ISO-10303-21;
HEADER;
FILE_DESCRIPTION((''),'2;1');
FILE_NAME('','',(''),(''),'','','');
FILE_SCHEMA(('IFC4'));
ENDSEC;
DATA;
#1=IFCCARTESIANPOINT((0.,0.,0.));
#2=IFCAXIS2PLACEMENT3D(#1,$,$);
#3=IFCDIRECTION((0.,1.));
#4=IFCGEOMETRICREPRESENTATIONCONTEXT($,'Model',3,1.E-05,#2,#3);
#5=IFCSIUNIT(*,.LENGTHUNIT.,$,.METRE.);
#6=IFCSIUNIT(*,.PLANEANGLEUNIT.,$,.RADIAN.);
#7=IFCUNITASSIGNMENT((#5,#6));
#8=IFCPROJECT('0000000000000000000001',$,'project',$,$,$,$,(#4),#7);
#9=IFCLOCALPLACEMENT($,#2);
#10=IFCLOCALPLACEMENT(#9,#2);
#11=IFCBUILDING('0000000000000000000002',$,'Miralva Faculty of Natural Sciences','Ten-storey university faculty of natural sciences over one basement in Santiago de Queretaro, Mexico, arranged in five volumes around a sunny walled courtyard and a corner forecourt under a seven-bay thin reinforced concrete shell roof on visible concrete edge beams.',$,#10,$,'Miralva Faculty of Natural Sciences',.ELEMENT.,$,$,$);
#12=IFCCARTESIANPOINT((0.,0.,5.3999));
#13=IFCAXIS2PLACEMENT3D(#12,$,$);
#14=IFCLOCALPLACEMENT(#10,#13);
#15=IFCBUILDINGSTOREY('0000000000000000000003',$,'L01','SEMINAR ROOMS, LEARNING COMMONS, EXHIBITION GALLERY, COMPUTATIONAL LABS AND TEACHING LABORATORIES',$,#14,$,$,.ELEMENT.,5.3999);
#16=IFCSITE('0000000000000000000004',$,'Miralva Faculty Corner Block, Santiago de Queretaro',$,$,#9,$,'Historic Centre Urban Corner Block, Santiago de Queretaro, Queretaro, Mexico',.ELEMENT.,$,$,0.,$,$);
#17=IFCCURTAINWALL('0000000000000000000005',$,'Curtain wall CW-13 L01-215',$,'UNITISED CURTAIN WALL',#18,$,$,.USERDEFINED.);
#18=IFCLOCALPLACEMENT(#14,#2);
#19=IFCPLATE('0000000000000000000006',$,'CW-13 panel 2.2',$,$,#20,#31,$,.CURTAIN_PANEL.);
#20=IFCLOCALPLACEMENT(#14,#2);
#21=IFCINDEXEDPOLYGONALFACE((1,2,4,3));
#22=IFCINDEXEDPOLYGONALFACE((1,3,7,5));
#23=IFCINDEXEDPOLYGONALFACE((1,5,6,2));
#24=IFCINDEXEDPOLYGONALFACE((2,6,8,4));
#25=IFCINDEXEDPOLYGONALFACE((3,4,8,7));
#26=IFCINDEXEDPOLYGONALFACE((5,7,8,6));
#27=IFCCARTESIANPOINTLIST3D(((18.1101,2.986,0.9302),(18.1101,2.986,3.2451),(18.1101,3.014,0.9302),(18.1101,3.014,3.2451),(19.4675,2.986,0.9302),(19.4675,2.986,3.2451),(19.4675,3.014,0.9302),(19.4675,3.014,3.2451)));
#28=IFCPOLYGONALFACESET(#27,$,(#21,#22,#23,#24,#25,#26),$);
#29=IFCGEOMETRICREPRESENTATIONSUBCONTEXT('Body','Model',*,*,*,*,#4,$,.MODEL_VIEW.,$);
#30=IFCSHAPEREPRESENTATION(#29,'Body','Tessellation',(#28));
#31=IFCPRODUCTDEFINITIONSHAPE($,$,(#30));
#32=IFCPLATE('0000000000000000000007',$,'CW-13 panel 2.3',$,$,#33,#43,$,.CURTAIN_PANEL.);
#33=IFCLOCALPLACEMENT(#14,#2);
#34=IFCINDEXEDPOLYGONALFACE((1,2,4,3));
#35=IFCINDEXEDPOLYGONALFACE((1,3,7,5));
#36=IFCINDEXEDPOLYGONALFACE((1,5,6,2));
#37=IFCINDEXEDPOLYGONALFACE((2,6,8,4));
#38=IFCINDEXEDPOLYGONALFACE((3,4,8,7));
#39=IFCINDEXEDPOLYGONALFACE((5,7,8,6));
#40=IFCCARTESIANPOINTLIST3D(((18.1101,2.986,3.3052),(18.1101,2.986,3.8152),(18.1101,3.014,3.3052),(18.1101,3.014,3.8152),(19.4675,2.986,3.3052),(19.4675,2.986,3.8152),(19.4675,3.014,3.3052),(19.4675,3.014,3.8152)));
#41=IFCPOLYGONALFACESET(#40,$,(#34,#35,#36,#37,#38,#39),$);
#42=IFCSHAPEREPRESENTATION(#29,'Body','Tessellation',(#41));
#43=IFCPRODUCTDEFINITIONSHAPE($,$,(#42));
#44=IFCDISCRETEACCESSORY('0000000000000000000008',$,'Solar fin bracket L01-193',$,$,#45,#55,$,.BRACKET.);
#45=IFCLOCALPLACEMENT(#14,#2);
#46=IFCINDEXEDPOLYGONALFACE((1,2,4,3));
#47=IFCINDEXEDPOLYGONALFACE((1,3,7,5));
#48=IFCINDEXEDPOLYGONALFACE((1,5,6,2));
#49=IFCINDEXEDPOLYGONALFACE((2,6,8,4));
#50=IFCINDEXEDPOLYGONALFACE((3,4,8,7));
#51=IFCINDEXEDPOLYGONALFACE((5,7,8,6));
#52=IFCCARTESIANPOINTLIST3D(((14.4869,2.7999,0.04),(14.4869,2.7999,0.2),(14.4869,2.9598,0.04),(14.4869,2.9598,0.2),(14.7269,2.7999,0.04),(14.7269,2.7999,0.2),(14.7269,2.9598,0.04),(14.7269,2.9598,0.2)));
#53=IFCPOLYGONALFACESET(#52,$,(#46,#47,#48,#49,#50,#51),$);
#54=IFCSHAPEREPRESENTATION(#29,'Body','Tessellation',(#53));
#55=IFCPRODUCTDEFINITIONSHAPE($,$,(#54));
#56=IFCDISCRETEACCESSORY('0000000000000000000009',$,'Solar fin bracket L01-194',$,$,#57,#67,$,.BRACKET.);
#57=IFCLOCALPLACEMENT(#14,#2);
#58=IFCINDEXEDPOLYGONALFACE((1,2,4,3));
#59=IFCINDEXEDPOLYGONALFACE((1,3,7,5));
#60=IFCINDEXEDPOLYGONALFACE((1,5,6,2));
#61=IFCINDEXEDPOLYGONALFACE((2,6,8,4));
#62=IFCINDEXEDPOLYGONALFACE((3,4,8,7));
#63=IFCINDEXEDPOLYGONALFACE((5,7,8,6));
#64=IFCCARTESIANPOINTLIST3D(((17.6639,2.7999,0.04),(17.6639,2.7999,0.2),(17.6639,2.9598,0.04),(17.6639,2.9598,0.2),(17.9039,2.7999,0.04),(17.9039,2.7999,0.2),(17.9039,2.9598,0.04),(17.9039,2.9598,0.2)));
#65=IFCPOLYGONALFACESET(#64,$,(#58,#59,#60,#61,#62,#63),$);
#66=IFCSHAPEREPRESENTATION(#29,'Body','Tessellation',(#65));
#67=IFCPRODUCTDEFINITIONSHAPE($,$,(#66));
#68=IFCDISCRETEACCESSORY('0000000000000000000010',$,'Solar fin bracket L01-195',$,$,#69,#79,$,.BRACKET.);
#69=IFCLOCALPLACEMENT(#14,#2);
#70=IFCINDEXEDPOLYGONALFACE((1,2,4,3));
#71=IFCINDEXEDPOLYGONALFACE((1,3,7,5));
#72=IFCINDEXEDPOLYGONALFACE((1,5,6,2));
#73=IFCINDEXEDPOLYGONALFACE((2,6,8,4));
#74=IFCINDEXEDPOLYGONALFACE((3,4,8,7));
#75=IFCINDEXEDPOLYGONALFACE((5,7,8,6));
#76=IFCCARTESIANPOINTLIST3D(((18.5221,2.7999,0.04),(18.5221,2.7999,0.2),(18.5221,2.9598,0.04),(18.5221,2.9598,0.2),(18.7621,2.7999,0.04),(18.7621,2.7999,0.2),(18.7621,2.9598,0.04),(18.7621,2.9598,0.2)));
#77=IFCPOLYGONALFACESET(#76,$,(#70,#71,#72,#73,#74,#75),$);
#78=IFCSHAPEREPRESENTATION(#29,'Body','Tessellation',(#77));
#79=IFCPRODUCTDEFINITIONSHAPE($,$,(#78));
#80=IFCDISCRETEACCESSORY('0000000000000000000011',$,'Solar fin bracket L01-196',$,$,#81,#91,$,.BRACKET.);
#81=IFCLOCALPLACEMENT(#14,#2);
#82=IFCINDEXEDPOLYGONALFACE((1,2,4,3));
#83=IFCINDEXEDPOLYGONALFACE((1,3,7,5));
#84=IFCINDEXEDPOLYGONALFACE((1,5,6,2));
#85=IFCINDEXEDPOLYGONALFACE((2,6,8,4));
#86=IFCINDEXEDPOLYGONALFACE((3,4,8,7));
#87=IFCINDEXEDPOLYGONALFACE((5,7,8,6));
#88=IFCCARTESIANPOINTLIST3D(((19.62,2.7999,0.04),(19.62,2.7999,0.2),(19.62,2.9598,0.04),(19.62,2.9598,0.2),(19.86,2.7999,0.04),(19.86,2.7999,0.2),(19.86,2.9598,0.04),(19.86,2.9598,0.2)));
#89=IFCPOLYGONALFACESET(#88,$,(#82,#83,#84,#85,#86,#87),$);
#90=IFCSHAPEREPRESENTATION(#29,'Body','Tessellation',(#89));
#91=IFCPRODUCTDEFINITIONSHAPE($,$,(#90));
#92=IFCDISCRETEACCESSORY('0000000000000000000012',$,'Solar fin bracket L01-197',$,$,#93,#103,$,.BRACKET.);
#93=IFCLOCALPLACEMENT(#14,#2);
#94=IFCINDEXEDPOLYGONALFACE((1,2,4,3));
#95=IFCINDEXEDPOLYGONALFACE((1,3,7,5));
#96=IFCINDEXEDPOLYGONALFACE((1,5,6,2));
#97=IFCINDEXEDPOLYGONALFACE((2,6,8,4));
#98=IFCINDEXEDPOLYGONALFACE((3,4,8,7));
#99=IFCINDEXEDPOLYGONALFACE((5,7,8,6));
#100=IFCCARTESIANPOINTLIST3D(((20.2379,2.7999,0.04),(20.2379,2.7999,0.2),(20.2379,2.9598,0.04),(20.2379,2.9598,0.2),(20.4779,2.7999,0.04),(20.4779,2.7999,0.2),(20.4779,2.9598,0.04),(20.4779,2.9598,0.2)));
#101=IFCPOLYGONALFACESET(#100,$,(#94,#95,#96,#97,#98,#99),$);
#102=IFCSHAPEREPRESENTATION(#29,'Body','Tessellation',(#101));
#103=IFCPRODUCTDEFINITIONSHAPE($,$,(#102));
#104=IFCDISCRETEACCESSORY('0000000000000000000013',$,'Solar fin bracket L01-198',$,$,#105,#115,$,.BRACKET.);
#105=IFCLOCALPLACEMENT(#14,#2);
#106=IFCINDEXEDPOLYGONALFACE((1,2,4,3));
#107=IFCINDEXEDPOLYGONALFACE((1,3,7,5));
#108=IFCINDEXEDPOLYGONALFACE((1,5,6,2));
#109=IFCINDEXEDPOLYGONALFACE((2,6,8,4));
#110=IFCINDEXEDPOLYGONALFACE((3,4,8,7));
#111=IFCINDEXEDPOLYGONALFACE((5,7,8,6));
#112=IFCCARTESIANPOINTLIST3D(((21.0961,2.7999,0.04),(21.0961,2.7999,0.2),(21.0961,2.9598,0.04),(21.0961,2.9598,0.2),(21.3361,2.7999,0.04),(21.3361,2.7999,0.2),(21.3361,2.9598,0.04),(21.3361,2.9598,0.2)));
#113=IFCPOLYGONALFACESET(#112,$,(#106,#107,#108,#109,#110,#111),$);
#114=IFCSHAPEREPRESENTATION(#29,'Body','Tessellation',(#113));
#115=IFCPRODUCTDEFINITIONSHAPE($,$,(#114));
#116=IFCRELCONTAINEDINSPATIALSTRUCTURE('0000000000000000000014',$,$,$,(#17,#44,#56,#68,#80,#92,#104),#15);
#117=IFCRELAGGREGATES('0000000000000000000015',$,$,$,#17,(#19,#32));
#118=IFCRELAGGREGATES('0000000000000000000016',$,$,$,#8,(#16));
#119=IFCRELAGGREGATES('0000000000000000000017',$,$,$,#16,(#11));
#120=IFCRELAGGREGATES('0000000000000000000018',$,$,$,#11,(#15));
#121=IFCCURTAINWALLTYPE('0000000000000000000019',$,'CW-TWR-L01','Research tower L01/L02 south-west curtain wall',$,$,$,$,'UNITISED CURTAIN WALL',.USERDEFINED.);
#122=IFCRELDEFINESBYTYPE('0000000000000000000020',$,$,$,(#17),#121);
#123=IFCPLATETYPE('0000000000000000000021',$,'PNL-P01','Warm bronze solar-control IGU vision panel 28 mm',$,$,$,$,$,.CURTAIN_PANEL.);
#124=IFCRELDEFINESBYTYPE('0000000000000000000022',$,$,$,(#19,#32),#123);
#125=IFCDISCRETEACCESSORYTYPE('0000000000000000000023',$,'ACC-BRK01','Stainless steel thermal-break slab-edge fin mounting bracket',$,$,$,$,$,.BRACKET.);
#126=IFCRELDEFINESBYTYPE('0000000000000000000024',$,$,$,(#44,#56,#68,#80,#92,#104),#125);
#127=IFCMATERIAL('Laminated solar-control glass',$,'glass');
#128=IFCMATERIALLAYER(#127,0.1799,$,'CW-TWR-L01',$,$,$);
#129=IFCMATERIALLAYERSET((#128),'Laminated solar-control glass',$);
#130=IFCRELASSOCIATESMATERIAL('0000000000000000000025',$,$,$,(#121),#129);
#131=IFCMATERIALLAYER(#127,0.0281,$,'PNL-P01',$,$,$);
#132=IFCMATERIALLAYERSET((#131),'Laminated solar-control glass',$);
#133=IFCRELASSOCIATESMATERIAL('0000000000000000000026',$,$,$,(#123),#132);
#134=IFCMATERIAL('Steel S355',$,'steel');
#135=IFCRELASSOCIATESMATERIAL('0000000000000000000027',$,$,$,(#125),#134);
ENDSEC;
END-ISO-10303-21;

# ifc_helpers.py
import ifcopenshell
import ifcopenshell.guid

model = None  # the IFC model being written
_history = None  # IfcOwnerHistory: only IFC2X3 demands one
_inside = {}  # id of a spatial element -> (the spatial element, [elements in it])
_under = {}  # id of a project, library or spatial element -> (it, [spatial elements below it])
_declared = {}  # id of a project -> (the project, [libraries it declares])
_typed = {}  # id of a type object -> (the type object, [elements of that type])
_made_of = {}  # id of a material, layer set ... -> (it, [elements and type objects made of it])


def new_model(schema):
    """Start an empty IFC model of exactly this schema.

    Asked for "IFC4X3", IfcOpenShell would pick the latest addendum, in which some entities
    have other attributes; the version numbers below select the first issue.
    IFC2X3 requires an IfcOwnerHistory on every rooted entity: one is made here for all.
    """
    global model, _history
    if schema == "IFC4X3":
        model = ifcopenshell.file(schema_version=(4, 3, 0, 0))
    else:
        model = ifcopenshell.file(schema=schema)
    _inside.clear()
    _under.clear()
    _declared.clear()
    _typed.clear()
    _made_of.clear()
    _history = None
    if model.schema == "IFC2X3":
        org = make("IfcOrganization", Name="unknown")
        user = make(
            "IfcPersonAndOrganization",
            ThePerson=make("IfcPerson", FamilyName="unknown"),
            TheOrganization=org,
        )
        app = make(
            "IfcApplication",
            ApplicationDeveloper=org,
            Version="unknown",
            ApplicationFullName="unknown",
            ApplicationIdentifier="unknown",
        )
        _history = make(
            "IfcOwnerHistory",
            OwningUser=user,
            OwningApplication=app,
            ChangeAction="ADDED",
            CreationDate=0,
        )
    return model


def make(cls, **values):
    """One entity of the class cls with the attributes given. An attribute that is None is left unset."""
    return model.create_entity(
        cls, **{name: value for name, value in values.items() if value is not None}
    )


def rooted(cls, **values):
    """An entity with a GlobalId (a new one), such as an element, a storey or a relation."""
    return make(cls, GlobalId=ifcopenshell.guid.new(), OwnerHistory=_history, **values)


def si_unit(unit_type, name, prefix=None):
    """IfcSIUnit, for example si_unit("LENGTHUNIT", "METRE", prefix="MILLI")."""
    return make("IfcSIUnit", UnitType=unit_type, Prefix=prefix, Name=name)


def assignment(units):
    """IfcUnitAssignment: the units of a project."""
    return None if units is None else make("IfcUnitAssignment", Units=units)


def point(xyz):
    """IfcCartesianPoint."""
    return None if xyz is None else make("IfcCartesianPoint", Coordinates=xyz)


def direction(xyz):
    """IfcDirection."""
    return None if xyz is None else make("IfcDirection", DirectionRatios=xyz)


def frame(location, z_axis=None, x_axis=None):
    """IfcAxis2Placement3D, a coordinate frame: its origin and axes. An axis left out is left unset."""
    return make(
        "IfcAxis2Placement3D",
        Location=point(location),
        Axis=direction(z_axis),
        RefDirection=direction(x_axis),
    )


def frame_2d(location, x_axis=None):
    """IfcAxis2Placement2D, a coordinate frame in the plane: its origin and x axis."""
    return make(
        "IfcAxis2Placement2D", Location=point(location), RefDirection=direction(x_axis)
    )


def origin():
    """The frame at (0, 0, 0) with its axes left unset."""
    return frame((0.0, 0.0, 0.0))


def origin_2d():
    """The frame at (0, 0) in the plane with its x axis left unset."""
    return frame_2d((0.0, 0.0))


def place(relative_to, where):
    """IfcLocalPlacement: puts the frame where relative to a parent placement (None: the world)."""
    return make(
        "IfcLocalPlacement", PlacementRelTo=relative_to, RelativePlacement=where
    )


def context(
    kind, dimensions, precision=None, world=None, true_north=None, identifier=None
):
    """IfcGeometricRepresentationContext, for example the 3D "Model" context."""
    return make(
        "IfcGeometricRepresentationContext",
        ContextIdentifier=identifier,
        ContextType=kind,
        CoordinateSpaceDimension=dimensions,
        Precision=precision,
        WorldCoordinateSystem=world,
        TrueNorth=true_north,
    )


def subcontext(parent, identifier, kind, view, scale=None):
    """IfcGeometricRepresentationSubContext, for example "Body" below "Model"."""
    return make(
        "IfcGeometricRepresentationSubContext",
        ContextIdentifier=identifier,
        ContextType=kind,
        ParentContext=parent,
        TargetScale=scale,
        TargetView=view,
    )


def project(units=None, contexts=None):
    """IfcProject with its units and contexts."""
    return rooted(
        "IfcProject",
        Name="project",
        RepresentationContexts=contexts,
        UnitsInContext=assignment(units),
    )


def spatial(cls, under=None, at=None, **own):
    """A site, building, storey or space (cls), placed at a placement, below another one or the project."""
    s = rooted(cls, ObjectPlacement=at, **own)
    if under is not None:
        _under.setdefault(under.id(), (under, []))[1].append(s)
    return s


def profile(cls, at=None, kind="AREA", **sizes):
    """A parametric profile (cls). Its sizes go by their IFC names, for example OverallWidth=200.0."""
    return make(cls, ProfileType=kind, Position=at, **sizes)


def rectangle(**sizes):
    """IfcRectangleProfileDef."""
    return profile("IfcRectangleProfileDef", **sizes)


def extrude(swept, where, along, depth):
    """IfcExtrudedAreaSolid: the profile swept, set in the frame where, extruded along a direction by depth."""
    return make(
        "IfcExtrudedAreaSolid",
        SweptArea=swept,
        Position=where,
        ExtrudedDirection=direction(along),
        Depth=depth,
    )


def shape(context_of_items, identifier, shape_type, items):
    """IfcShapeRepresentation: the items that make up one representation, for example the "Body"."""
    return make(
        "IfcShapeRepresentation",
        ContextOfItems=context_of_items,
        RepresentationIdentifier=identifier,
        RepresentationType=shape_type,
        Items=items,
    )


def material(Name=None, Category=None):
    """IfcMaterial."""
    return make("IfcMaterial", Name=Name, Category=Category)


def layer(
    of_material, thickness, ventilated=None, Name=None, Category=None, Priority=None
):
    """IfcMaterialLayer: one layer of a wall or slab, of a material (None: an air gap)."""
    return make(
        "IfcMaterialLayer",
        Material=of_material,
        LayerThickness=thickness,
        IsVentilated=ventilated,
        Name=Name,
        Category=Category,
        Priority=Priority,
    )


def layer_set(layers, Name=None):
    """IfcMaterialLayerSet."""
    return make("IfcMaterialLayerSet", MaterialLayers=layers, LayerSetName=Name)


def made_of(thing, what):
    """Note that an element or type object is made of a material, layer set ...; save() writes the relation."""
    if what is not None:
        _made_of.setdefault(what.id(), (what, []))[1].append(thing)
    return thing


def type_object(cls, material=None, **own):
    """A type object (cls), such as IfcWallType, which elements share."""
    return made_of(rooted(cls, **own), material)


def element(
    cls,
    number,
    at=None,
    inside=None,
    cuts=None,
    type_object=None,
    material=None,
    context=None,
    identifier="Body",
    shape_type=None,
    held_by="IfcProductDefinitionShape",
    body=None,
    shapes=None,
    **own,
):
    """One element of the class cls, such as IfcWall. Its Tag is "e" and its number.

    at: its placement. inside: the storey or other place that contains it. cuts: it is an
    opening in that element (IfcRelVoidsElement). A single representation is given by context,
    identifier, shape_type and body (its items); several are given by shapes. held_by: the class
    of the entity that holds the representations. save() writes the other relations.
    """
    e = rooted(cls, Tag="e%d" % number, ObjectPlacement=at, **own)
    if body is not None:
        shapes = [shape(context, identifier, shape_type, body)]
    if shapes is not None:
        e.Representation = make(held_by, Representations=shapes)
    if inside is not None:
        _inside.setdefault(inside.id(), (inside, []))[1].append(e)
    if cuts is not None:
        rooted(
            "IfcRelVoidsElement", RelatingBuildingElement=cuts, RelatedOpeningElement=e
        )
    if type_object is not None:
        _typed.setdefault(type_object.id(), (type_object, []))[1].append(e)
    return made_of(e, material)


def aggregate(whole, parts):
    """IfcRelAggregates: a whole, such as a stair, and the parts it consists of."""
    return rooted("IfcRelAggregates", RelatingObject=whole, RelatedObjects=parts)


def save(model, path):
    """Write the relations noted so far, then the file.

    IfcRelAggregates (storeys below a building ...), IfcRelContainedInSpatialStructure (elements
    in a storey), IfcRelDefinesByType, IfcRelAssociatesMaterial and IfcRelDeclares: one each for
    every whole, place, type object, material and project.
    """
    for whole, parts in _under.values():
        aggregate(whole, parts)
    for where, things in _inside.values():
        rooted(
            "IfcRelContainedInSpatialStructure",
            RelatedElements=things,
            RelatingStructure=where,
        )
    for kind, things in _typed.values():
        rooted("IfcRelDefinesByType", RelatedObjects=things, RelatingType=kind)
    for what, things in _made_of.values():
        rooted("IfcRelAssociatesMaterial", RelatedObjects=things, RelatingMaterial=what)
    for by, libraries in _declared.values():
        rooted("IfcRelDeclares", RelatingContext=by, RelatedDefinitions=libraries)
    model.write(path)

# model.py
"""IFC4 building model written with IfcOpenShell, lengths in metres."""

from ifc_helpers import new_model, si_unit, direction, frame, origin, origin_2d, place, context, subcontext, project, spatial, rectangle, extrude, material, layer, layer_set, type_object, element, aggregate, save


model = new_model("IFC4")

# Units and contexts
model_context = context("Model", 3, precision=1e-05, world=origin(), true_north=direction((0.0, 1.0)))
body_context = subcontext(model_context, "Body", "Model", "MODEL_VIEW")
ifc_project = project(units=[si_unit("LENGTHUNIT", "METRE"), si_unit("PLANEANGLEUNIT", "RADIAN")], contexts=[model_context])

# Site, building, storey
site_placement = place(None, origin())
site = spatial("IfcSite", under=ifc_project, at=site_placement, Name="Miralva Faculty Corner Block, Santiago de Queretaro", LongName="Historic Centre Urban Corner Block, Santiago de Queretaro, Queretaro, Mexico", CompositionType="ELEMENT", RefElevation=0.0)
building_placement = place(site_placement, origin())
building = spatial("IfcBuilding", under=site, at=building_placement, Name="Miralva Faculty of Natural Sciences", Description="Ten-storey university faculty of natural sciences over one basement in Santiago de Queretaro, Mexico, arranged in five volumes around a sunny walled courtyard and a corner forecourt under a seven-bay thin reinforced concrete shell roof on visible concrete edge beams.", LongName="Miralva Faculty of Natural Sciences", CompositionType="ELEMENT")
storey_placement = place(building_placement, frame((0.0, 0.0, 5.3999)))
storey = spatial("IfcBuildingStorey", under=building, at=storey_placement, Name="L01", Description="SEMINAR ROOMS, LEARNING COMMONS, EXHIBITION GALLERY, COMPUTATIONAL LABS AND TEACHING LABORATORIES", CompositionType="ELEMENT", Elevation=5.3999)

# Shared definitions
ifc_material_1 = material(Name="Laminated solar-control glass", Category="glass")
ifc_layer_1 = layer(ifc_material_1, 0.1799, Name="CW-TWR-L01")
ifc_layer_set_1 = layer_set([ifc_layer_1], Name="Laminated solar-control glass")
curtain_wall_type = type_object("IfcCurtainWallType", Name="CW-TWR-L01", Description="Research tower L01/L02 south-west curtain wall", ElementType="UNITISED CURTAIN WALL", PredefinedType="USERDEFINED", material=ifc_layer_set_1)

# Curtain wall
curtain_wall_1_placement = place(storey_placement, origin())
curtain_wall_1 = element("IfcCurtainWall", 1, at=curtain_wall_1_placement, inside=storey, type_object=curtain_wall_type, Name="Curtain wall CW-13 L01-215", ObjectType="UNITISED CURTAIN WALL", PredefinedType="USERDEFINED")

# Plates
ifc_layer_2 = layer(ifc_material_1, 0.0281, Name="PNL-P01")
ifc_layer_set_2 = layer_set([ifc_layer_2], Name="Laminated solar-control glass")
plate_type = type_object("IfcPlateType", Name="PNL-P01", Description="Warm bronze solar-control IGU vision panel 28 mm", PredefinedType="CURTAIN_PANEL", material=ifc_layer_set_2)
plate_1_placement = place(storey_placement, frame((18.7888, 3.0, 0.9302), z_axis=(0.0, 0.0, 1.0), x_axis=(1.0, 0.0, 0.0)))
plate_1 = element("IfcPlate", 2, at=plate_1_placement, type_object=plate_type, Name="CW-13 panel 2.2", PredefinedType="CURTAIN_PANEL", context=body_context, shape_type="SweptSolid", body=[
    extrude(rectangle(XDim=1.3574, YDim=0.0281, at=origin_2d()), origin(), (0.0, 0.0, 1.0), 2.3149),
])
plate_2_placement = place(storey_placement, frame((18.7888, 3.0, 3.3052), z_axis=(0.0, 0.0, 1.0), x_axis=(1.0, 0.0, 0.0)))
plate_2 = element("IfcPlate", 3, at=plate_2_placement, type_object=plate_type, Name="CW-13 panel 2.3", PredefinedType="CURTAIN_PANEL", context=body_context, shape_type="SweptSolid", body=[
    extrude(rectangle(XDim=1.3574, YDim=0.0281, at=origin_2d()), origin(), (0.0, 0.0, 1.0), 0.51),
])
aggregate(curtain_wall_1, [plate_1, plate_2])

# Discrete accessories
ifc_material_2 = material(Name="Steel S355", Category="steel")
discrete_accessory_type = type_object("IfcDiscreteAccessoryType", Name="ACC-BRK01", Description="Stainless steel thermal-break slab-edge fin mounting bracket", PredefinedType="BRACKET", material=ifc_material_2)
for number, where, z_axis, x_axis, name in (
    (4, (14.6069, 2.8799, 0.04), (0.0, 0.0, 1.0), (0.0, -1.0, 0.0), "Solar fin bracket L01-193"),
    (5, (17.7839, 2.8799, 0.04), (0.0, 0.0, 1.0), (0.0, -1.0, 0.0), "Solar fin bracket L01-194"),
    (6, (18.6421, 2.8799, 0.04), (0.0, 0.0, 1.0), (0.0, -1.0, 0.0), "Solar fin bracket L01-195"),
    (7, (19.74, 2.8799, 0.04), (0.0, 0.0, 1.0), (0.0, -1.0, 0.0), "Solar fin bracket L01-196"),
    (8, (20.3579, 2.8799, 0.04), (0.0, 0.0, 1.0), (0.0, -1.0, 0.0), "Solar fin bracket L01-197"),
    (9, (21.2161, 2.8799, 0.04), (0.0, 0.0, 1.0), (0.0, -1.0, 0.0), "Solar fin bracket L01-198"),
):
    element("IfcDiscreteAccessory", number, at=place(storey_placement, frame(where, z_axis=z_axis, x_axis=x_axis)), inside=storey, type_object=discrete_accessory_type, Name=name, PredefinedType="BRACKET", context=body_context, shape_type="SweptSolid", body=[
        extrude(rectangle(XDim=0.1599, YDim=0.24, at=origin_2d()), origin(), (0.0, 0.0, 1.0), 0.1599),
    ])

save(model, "model.ifc")
